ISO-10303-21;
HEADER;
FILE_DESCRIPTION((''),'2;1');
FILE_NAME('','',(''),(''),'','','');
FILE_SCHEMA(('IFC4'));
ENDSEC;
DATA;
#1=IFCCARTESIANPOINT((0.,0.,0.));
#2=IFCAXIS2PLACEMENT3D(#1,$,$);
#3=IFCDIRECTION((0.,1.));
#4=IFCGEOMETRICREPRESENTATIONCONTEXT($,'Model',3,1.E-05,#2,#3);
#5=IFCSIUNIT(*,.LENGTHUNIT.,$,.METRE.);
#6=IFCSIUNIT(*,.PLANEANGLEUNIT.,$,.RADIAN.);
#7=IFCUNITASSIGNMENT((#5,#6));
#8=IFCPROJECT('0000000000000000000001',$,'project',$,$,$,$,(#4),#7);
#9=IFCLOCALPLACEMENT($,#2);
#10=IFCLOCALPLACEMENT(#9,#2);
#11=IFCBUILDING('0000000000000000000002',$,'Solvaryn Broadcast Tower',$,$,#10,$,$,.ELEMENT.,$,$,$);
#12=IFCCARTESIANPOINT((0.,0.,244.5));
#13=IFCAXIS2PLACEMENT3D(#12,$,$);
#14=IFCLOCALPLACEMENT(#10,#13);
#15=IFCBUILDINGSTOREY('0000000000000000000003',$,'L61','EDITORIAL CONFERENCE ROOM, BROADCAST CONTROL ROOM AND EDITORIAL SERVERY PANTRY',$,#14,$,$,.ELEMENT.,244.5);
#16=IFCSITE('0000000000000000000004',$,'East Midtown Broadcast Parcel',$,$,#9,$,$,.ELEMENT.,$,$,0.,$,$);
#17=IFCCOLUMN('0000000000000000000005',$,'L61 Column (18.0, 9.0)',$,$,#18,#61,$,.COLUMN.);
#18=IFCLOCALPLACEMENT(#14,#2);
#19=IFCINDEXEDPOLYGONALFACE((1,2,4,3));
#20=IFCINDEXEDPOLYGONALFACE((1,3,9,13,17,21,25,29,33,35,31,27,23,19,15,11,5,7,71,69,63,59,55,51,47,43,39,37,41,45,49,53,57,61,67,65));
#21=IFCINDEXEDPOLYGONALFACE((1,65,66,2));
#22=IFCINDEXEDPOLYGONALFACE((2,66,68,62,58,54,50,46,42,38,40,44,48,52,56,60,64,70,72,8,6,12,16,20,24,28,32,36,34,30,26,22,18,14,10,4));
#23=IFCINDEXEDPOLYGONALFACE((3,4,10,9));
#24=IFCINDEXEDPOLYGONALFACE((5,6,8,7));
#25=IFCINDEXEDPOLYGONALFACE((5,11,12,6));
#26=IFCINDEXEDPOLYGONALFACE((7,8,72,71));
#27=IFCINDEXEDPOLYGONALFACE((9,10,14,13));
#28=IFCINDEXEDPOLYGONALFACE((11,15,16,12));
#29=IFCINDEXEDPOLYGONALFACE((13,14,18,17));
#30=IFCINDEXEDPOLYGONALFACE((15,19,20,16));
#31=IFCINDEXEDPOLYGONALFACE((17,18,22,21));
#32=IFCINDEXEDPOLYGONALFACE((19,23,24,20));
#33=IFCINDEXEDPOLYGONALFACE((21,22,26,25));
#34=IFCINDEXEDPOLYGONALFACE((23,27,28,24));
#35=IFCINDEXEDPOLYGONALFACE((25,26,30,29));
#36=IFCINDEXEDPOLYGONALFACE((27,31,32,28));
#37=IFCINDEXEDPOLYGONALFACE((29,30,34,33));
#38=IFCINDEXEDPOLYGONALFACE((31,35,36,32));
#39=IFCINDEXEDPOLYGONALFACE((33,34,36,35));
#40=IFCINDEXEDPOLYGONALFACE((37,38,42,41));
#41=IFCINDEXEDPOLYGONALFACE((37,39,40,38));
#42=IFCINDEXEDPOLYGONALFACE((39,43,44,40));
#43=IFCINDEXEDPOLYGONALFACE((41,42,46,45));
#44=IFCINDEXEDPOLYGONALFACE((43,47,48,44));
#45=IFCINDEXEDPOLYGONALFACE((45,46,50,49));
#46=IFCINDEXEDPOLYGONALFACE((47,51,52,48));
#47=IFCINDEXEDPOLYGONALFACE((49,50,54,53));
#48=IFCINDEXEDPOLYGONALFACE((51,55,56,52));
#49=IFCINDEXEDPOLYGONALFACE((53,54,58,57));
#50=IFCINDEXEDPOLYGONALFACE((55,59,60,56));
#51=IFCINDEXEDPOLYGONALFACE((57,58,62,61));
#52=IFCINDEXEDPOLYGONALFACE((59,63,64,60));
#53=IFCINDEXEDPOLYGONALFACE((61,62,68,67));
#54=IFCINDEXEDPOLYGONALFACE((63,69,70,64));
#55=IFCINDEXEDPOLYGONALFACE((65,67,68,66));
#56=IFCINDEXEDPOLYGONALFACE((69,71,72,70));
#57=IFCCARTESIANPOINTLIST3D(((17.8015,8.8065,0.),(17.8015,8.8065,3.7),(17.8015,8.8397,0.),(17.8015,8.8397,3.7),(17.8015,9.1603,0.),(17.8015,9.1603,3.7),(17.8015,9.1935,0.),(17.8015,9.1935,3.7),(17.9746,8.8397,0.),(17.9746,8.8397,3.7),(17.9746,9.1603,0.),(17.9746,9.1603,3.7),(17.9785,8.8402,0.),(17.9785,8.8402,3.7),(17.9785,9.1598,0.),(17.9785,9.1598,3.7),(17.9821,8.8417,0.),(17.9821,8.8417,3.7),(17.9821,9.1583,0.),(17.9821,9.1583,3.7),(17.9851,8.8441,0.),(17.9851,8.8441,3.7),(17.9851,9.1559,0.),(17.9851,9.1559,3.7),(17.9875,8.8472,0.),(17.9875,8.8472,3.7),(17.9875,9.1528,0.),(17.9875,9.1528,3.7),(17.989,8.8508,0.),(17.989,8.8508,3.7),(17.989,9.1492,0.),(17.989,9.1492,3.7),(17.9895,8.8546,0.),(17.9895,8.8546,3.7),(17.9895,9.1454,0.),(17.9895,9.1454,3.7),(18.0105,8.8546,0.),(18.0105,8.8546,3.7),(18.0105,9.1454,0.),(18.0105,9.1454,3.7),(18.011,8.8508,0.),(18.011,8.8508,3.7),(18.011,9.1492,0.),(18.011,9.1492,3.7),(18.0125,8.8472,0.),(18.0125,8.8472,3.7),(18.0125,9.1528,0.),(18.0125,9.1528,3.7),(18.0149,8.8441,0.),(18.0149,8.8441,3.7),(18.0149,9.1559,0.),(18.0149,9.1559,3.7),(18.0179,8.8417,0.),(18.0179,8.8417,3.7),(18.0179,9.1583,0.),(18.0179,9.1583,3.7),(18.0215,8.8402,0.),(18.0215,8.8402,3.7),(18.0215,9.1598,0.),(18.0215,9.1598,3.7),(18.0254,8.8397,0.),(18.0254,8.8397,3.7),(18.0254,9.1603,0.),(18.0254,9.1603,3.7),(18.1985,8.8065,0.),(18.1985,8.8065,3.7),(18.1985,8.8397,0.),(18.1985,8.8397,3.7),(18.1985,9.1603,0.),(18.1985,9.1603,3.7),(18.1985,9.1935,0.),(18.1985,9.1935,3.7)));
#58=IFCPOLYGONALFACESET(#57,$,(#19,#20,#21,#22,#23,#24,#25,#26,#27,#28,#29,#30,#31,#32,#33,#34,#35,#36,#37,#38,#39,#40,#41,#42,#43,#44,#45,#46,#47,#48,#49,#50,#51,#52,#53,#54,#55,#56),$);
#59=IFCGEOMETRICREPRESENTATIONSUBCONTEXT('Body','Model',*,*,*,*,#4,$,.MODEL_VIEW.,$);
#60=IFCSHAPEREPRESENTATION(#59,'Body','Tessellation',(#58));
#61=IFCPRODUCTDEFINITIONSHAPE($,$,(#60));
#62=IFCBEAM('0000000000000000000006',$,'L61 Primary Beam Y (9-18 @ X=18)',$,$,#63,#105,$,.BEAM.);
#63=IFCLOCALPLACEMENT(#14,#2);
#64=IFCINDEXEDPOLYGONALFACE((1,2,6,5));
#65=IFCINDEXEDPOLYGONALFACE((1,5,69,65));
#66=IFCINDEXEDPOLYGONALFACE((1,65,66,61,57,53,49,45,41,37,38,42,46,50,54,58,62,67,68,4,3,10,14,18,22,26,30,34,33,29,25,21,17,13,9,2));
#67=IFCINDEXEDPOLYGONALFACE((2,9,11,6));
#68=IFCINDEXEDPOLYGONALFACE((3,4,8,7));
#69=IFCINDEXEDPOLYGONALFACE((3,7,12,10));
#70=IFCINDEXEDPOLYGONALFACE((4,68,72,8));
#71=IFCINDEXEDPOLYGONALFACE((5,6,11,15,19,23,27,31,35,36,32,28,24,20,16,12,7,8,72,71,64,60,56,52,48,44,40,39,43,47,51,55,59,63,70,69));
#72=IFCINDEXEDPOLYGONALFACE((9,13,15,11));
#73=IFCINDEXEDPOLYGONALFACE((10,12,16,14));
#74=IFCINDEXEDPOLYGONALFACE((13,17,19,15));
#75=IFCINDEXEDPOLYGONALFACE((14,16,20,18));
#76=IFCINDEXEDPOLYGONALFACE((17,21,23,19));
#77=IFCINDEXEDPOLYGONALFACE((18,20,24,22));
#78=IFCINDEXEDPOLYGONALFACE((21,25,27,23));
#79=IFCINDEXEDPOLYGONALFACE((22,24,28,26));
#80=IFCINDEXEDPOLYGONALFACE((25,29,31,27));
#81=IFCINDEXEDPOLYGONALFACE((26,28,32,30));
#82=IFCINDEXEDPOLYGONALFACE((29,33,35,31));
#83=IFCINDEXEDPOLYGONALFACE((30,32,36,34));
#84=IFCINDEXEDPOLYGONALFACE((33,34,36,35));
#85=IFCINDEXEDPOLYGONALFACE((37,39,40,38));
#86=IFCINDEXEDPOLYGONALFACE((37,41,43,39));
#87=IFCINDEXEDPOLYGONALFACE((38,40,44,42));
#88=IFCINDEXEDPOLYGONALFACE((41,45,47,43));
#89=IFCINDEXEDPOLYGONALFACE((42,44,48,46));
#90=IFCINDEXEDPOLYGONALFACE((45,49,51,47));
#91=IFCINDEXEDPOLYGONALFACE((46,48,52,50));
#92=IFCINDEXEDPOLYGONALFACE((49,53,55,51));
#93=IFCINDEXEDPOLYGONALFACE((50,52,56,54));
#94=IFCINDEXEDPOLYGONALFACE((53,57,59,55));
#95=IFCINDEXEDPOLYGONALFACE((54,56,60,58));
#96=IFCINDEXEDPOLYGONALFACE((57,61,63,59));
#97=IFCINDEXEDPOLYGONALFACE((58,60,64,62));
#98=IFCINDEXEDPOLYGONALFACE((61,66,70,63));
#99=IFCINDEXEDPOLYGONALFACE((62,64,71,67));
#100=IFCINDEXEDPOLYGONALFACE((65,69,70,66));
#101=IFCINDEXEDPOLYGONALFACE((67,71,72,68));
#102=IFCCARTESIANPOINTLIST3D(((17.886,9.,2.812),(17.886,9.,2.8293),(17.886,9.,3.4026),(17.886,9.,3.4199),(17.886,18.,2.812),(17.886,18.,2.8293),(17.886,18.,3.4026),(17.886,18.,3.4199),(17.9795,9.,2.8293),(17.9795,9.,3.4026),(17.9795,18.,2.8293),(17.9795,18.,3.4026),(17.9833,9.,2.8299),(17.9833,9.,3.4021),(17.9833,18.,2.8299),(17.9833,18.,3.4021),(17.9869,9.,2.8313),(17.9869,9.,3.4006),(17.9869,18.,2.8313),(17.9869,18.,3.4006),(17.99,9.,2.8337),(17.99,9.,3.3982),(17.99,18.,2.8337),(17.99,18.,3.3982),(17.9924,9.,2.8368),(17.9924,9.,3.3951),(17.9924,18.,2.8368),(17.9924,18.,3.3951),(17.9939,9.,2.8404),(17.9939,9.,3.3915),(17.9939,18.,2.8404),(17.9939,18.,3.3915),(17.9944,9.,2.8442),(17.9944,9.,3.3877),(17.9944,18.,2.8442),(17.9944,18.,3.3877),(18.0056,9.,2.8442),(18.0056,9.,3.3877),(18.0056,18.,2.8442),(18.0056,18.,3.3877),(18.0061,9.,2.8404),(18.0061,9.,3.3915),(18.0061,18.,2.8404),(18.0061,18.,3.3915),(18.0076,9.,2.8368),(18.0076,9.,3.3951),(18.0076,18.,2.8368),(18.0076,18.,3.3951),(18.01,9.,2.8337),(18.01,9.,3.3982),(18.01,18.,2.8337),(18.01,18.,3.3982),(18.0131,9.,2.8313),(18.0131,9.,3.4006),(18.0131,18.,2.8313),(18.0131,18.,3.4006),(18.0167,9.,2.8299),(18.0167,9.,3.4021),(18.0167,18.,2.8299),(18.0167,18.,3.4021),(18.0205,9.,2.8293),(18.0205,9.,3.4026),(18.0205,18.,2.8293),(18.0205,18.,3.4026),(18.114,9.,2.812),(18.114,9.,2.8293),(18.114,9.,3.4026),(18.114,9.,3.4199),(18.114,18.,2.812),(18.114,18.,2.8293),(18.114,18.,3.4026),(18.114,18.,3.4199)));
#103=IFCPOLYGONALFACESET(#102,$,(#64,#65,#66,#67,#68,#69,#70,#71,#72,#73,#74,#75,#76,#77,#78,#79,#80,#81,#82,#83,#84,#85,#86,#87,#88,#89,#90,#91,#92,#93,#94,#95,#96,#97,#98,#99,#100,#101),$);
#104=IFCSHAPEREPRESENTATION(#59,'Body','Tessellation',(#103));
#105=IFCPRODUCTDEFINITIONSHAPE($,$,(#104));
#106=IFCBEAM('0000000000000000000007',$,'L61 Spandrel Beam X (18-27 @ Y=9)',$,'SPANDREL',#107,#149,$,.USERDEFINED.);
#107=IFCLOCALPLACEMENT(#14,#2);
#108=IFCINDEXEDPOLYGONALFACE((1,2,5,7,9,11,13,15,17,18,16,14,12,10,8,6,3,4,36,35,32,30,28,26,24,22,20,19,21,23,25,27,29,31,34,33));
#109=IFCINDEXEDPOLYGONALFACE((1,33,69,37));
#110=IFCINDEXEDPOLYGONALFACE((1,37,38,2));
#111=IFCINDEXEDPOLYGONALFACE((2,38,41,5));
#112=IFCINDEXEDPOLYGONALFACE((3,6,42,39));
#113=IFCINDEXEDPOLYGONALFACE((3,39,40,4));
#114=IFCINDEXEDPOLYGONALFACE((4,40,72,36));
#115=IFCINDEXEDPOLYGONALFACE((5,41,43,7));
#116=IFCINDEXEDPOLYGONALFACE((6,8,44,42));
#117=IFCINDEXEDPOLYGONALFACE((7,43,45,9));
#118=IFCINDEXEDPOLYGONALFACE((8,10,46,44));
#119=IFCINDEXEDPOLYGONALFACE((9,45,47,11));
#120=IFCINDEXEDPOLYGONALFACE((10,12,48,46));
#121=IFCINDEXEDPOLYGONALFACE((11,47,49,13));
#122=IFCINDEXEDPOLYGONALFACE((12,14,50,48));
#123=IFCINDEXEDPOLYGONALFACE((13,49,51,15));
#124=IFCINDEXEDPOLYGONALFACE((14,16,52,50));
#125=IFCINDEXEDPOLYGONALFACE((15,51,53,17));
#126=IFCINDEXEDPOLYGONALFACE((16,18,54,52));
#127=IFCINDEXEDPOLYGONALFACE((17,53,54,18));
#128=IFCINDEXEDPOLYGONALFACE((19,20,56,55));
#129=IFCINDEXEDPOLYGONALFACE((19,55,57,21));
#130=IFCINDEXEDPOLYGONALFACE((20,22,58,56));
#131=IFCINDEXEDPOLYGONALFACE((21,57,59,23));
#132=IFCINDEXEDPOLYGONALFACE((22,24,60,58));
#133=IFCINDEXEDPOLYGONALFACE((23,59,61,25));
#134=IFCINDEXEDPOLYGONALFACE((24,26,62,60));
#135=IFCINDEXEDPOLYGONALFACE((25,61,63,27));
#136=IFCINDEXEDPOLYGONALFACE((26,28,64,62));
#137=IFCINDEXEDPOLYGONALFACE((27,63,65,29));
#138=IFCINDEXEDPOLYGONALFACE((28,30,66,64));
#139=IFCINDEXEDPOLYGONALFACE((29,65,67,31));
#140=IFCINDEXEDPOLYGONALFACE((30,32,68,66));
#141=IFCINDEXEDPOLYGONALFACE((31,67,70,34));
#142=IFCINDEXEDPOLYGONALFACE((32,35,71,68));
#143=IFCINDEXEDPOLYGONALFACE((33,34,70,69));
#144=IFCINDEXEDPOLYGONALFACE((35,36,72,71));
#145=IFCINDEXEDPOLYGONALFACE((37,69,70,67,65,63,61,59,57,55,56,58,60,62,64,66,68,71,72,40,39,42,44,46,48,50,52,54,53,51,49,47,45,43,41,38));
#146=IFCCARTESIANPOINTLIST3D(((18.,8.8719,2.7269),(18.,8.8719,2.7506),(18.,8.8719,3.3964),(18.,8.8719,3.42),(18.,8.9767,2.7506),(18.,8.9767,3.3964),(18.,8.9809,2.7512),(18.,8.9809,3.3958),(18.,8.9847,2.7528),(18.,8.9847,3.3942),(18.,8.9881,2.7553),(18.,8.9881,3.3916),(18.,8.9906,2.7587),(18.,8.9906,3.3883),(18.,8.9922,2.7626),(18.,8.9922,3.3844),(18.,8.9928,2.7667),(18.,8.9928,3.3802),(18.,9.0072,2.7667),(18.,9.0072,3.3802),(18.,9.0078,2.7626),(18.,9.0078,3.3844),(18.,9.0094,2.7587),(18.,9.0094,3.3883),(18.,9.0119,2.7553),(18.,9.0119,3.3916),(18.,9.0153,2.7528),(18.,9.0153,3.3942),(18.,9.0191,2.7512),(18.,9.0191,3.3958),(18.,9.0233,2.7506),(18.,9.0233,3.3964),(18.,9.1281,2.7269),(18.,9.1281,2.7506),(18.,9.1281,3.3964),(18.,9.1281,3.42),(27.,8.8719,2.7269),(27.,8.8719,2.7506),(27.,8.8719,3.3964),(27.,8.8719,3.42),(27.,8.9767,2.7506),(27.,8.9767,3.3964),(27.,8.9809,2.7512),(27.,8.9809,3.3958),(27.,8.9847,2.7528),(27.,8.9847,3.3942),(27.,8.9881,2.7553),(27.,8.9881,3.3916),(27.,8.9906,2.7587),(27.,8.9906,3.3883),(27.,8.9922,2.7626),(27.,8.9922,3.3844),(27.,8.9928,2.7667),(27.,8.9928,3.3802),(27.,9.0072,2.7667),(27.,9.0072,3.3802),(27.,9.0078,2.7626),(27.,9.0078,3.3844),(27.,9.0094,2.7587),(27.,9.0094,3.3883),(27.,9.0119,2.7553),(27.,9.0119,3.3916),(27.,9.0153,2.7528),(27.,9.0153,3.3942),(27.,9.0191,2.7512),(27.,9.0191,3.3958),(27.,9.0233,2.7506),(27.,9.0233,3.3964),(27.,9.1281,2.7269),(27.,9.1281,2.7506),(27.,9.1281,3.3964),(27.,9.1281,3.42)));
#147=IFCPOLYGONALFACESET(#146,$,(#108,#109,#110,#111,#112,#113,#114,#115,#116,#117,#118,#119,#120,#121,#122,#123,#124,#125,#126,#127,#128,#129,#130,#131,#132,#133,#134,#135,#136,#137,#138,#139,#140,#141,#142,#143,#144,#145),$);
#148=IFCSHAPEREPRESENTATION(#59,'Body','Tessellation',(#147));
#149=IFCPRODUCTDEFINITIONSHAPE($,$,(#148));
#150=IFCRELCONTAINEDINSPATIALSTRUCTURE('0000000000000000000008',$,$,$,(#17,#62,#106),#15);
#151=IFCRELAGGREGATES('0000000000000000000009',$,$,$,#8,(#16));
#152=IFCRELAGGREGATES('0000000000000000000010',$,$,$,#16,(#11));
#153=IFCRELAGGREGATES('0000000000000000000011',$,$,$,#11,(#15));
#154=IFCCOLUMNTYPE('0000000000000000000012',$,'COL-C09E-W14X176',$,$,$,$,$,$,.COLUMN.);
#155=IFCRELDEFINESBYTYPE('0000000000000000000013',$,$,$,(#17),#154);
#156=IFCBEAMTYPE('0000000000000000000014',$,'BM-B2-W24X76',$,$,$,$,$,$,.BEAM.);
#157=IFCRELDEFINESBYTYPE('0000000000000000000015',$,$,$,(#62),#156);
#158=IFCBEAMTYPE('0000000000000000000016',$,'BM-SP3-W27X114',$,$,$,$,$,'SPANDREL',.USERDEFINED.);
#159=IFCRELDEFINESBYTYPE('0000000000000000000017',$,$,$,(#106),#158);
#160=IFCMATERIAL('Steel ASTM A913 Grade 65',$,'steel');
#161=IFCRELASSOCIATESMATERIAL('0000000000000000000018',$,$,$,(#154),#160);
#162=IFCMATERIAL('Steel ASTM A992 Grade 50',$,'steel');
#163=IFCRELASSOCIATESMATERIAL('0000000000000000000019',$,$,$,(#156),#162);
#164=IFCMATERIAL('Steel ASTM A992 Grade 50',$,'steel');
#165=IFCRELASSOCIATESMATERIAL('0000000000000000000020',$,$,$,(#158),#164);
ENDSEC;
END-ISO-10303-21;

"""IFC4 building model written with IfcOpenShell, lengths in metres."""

from ifc_helpers import new_model, si_unit, direction, frame, origin, origin_2d, place, context, subcontext, project, spatial, i_section, extrude, material, material_profile, profile_set, type_object, element, save


model = new_model("IFC4")

# Units and contexts
model_context = context("Model", 3, precision=1e-05, world=origin(), true_north=direction((0.0, 1.0)))
body_context = subcontext(model_context, "Body", "Model", "MODEL_VIEW")
ifc_project = project(units=[si_unit("LENGTHUNIT", "METRE"), si_unit("PLANEANGLEUNIT", "RADIAN")], contexts=[model_context])

# Site, building, storey
site_placement = place(None, origin())
site = spatial("IfcSite", under=ifc_project, at=site_placement, Name="East Midtown Broadcast Parcel", CompositionType="ELEMENT", RefElevation=0.0)
building_placement = place(site_placement, origin())
building = spatial("IfcBuilding", under=site, at=building_placement, Name="Solvaryn Broadcast Tower", CompositionType="ELEMENT")
storey_placement = place(building_placement, frame((0.0, 0.0, 244.5)))
storey = spatial("IfcBuildingStorey", under=building, at=storey_placement, Name="L61", Description="EDITORIAL CONFERENCE ROOM, BROADCAST CONTROL ROOM AND EDITORIAL SERVERY PANTRY", CompositionType="ELEMENT", Elevation=244.5)

# Column
ifc_material_1 = material(Name="Steel ASTM A913 Grade 65", Category="steel")
ifc_material_profile_1 = material_profile(ifc_material_1, i_section(OverallWidth=0.397, OverallDepth=0.387, WebThickness=0.021, FlangeThickness=0.0332, FilletRadius=0.0149, at=origin_2d()))
ifc_profile_set_1 = profile_set([ifc_material_profile_1], Name="Steel ASTM A913 Grade 65")
column_type = type_object("IfcColumnType", Name="COL-C09E-W14X176", PredefinedType="COLUMN", material=ifc_profile_set_1)
column_placement = place(storey_placement, frame((18.0, 9.0, 0.0), z_axis=(0.0, 0.0, 1.0), x_axis=(1.0, 0.0, 0.0)))
element("IfcColumn", 1, at=column_placement, inside=storey, type_object=column_type, Name="L61 Column (18.0, 9.0)", PredefinedType="COLUMN", context=body_context, shape_type="SweptSolid", body=[
    extrude(i_section(OverallWidth=0.397, OverallDepth=0.387, WebThickness=0.021, FlangeThickness=0.0332, FilletRadius=0.0149, at=origin_2d()), origin(), (0.0, 0.0, 1.0), 3.7),
])

# Beams
ifc_material_2 = material(Name="Steel ASTM A992 Grade 50", Category="steel")
ifc_material_profile_2 = material_profile(ifc_material_2, i_section(OverallWidth=0.228, OverallDepth=0.6079, WebThickness=0.0112, FlangeThickness=0.0173, FilletRadius=0.0149, at=origin_2d()))
ifc_profile_set_2 = profile_set([ifc_material_profile_2], Name="Steel ASTM A992 Grade 50")
beam_type_1 = type_object("IfcBeamType", Name="BM-B2-W24X76", PredefinedType="BEAM", material=ifc_profile_set_2)
beam_1_placement = place(storey_placement, frame((18.0, 9.0, 3.116), z_axis=(0.0, 1.0, 0.0), x_axis=(-1.0, 0.0, 0.0)))
element("IfcBeam", 2, at=beam_1_placement, inside=storey, type_object=beam_type_1, Name="L61 Primary Beam Y (9-18 @ X=18)", PredefinedType="BEAM", context=body_context, shape_type="SweptSolid", body=[
    extrude(i_section(OverallWidth=0.228, OverallDepth=0.6079, WebThickness=0.0112, FlangeThickness=0.0173, FilletRadius=0.0149, at=origin_2d()), origin(), (0.0, 0.0, 1.0), 9.0),
])
ifc_material_3 = material(Name="Steel ASTM A992 Grade 50", Category="steel")
ifc_material_profile_3 = material_profile(ifc_material_3, i_section(OverallWidth=0.2561, OverallDepth=0.6931, WebThickness=0.0144, FlangeThickness=0.0237, FilletRadius=0.0161, at=origin_2d()))
ifc_profile_set_3 = profile_set([ifc_material_profile_3], Name="Steel ASTM A992 Grade 50")
beam_type_2 = type_object("IfcBeamType", Name="BM-SP3-W27X114", ElementType="SPANDREL", PredefinedType="USERDEFINED", material=ifc_profile_set_3)
beam_2_placement = place(storey_placement, frame((18.0, 9.0, 3.0735), z_axis=(1.0, 0.0, 0.0), x_axis=(0.0, 1.0, 0.0)))
element("IfcBeam", 3, at=beam_2_placement, inside=storey, type_object=beam_type_2, Name="L61 Spandrel Beam X (18-27 @ Y=9)", ObjectType="SPANDREL", PredefinedType="USERDEFINED", context=body_context, shape_type="SweptSolid", body=[
    extrude(i_section(OverallWidth=0.2561, OverallDepth=0.6931, WebThickness=0.0144, FlangeThickness=0.0237, FilletRadius=0.0161, at=origin_2d()), origin(), (0.0, 0.0, 1.0), 9.0),
])

save(model, "model.ifc")
